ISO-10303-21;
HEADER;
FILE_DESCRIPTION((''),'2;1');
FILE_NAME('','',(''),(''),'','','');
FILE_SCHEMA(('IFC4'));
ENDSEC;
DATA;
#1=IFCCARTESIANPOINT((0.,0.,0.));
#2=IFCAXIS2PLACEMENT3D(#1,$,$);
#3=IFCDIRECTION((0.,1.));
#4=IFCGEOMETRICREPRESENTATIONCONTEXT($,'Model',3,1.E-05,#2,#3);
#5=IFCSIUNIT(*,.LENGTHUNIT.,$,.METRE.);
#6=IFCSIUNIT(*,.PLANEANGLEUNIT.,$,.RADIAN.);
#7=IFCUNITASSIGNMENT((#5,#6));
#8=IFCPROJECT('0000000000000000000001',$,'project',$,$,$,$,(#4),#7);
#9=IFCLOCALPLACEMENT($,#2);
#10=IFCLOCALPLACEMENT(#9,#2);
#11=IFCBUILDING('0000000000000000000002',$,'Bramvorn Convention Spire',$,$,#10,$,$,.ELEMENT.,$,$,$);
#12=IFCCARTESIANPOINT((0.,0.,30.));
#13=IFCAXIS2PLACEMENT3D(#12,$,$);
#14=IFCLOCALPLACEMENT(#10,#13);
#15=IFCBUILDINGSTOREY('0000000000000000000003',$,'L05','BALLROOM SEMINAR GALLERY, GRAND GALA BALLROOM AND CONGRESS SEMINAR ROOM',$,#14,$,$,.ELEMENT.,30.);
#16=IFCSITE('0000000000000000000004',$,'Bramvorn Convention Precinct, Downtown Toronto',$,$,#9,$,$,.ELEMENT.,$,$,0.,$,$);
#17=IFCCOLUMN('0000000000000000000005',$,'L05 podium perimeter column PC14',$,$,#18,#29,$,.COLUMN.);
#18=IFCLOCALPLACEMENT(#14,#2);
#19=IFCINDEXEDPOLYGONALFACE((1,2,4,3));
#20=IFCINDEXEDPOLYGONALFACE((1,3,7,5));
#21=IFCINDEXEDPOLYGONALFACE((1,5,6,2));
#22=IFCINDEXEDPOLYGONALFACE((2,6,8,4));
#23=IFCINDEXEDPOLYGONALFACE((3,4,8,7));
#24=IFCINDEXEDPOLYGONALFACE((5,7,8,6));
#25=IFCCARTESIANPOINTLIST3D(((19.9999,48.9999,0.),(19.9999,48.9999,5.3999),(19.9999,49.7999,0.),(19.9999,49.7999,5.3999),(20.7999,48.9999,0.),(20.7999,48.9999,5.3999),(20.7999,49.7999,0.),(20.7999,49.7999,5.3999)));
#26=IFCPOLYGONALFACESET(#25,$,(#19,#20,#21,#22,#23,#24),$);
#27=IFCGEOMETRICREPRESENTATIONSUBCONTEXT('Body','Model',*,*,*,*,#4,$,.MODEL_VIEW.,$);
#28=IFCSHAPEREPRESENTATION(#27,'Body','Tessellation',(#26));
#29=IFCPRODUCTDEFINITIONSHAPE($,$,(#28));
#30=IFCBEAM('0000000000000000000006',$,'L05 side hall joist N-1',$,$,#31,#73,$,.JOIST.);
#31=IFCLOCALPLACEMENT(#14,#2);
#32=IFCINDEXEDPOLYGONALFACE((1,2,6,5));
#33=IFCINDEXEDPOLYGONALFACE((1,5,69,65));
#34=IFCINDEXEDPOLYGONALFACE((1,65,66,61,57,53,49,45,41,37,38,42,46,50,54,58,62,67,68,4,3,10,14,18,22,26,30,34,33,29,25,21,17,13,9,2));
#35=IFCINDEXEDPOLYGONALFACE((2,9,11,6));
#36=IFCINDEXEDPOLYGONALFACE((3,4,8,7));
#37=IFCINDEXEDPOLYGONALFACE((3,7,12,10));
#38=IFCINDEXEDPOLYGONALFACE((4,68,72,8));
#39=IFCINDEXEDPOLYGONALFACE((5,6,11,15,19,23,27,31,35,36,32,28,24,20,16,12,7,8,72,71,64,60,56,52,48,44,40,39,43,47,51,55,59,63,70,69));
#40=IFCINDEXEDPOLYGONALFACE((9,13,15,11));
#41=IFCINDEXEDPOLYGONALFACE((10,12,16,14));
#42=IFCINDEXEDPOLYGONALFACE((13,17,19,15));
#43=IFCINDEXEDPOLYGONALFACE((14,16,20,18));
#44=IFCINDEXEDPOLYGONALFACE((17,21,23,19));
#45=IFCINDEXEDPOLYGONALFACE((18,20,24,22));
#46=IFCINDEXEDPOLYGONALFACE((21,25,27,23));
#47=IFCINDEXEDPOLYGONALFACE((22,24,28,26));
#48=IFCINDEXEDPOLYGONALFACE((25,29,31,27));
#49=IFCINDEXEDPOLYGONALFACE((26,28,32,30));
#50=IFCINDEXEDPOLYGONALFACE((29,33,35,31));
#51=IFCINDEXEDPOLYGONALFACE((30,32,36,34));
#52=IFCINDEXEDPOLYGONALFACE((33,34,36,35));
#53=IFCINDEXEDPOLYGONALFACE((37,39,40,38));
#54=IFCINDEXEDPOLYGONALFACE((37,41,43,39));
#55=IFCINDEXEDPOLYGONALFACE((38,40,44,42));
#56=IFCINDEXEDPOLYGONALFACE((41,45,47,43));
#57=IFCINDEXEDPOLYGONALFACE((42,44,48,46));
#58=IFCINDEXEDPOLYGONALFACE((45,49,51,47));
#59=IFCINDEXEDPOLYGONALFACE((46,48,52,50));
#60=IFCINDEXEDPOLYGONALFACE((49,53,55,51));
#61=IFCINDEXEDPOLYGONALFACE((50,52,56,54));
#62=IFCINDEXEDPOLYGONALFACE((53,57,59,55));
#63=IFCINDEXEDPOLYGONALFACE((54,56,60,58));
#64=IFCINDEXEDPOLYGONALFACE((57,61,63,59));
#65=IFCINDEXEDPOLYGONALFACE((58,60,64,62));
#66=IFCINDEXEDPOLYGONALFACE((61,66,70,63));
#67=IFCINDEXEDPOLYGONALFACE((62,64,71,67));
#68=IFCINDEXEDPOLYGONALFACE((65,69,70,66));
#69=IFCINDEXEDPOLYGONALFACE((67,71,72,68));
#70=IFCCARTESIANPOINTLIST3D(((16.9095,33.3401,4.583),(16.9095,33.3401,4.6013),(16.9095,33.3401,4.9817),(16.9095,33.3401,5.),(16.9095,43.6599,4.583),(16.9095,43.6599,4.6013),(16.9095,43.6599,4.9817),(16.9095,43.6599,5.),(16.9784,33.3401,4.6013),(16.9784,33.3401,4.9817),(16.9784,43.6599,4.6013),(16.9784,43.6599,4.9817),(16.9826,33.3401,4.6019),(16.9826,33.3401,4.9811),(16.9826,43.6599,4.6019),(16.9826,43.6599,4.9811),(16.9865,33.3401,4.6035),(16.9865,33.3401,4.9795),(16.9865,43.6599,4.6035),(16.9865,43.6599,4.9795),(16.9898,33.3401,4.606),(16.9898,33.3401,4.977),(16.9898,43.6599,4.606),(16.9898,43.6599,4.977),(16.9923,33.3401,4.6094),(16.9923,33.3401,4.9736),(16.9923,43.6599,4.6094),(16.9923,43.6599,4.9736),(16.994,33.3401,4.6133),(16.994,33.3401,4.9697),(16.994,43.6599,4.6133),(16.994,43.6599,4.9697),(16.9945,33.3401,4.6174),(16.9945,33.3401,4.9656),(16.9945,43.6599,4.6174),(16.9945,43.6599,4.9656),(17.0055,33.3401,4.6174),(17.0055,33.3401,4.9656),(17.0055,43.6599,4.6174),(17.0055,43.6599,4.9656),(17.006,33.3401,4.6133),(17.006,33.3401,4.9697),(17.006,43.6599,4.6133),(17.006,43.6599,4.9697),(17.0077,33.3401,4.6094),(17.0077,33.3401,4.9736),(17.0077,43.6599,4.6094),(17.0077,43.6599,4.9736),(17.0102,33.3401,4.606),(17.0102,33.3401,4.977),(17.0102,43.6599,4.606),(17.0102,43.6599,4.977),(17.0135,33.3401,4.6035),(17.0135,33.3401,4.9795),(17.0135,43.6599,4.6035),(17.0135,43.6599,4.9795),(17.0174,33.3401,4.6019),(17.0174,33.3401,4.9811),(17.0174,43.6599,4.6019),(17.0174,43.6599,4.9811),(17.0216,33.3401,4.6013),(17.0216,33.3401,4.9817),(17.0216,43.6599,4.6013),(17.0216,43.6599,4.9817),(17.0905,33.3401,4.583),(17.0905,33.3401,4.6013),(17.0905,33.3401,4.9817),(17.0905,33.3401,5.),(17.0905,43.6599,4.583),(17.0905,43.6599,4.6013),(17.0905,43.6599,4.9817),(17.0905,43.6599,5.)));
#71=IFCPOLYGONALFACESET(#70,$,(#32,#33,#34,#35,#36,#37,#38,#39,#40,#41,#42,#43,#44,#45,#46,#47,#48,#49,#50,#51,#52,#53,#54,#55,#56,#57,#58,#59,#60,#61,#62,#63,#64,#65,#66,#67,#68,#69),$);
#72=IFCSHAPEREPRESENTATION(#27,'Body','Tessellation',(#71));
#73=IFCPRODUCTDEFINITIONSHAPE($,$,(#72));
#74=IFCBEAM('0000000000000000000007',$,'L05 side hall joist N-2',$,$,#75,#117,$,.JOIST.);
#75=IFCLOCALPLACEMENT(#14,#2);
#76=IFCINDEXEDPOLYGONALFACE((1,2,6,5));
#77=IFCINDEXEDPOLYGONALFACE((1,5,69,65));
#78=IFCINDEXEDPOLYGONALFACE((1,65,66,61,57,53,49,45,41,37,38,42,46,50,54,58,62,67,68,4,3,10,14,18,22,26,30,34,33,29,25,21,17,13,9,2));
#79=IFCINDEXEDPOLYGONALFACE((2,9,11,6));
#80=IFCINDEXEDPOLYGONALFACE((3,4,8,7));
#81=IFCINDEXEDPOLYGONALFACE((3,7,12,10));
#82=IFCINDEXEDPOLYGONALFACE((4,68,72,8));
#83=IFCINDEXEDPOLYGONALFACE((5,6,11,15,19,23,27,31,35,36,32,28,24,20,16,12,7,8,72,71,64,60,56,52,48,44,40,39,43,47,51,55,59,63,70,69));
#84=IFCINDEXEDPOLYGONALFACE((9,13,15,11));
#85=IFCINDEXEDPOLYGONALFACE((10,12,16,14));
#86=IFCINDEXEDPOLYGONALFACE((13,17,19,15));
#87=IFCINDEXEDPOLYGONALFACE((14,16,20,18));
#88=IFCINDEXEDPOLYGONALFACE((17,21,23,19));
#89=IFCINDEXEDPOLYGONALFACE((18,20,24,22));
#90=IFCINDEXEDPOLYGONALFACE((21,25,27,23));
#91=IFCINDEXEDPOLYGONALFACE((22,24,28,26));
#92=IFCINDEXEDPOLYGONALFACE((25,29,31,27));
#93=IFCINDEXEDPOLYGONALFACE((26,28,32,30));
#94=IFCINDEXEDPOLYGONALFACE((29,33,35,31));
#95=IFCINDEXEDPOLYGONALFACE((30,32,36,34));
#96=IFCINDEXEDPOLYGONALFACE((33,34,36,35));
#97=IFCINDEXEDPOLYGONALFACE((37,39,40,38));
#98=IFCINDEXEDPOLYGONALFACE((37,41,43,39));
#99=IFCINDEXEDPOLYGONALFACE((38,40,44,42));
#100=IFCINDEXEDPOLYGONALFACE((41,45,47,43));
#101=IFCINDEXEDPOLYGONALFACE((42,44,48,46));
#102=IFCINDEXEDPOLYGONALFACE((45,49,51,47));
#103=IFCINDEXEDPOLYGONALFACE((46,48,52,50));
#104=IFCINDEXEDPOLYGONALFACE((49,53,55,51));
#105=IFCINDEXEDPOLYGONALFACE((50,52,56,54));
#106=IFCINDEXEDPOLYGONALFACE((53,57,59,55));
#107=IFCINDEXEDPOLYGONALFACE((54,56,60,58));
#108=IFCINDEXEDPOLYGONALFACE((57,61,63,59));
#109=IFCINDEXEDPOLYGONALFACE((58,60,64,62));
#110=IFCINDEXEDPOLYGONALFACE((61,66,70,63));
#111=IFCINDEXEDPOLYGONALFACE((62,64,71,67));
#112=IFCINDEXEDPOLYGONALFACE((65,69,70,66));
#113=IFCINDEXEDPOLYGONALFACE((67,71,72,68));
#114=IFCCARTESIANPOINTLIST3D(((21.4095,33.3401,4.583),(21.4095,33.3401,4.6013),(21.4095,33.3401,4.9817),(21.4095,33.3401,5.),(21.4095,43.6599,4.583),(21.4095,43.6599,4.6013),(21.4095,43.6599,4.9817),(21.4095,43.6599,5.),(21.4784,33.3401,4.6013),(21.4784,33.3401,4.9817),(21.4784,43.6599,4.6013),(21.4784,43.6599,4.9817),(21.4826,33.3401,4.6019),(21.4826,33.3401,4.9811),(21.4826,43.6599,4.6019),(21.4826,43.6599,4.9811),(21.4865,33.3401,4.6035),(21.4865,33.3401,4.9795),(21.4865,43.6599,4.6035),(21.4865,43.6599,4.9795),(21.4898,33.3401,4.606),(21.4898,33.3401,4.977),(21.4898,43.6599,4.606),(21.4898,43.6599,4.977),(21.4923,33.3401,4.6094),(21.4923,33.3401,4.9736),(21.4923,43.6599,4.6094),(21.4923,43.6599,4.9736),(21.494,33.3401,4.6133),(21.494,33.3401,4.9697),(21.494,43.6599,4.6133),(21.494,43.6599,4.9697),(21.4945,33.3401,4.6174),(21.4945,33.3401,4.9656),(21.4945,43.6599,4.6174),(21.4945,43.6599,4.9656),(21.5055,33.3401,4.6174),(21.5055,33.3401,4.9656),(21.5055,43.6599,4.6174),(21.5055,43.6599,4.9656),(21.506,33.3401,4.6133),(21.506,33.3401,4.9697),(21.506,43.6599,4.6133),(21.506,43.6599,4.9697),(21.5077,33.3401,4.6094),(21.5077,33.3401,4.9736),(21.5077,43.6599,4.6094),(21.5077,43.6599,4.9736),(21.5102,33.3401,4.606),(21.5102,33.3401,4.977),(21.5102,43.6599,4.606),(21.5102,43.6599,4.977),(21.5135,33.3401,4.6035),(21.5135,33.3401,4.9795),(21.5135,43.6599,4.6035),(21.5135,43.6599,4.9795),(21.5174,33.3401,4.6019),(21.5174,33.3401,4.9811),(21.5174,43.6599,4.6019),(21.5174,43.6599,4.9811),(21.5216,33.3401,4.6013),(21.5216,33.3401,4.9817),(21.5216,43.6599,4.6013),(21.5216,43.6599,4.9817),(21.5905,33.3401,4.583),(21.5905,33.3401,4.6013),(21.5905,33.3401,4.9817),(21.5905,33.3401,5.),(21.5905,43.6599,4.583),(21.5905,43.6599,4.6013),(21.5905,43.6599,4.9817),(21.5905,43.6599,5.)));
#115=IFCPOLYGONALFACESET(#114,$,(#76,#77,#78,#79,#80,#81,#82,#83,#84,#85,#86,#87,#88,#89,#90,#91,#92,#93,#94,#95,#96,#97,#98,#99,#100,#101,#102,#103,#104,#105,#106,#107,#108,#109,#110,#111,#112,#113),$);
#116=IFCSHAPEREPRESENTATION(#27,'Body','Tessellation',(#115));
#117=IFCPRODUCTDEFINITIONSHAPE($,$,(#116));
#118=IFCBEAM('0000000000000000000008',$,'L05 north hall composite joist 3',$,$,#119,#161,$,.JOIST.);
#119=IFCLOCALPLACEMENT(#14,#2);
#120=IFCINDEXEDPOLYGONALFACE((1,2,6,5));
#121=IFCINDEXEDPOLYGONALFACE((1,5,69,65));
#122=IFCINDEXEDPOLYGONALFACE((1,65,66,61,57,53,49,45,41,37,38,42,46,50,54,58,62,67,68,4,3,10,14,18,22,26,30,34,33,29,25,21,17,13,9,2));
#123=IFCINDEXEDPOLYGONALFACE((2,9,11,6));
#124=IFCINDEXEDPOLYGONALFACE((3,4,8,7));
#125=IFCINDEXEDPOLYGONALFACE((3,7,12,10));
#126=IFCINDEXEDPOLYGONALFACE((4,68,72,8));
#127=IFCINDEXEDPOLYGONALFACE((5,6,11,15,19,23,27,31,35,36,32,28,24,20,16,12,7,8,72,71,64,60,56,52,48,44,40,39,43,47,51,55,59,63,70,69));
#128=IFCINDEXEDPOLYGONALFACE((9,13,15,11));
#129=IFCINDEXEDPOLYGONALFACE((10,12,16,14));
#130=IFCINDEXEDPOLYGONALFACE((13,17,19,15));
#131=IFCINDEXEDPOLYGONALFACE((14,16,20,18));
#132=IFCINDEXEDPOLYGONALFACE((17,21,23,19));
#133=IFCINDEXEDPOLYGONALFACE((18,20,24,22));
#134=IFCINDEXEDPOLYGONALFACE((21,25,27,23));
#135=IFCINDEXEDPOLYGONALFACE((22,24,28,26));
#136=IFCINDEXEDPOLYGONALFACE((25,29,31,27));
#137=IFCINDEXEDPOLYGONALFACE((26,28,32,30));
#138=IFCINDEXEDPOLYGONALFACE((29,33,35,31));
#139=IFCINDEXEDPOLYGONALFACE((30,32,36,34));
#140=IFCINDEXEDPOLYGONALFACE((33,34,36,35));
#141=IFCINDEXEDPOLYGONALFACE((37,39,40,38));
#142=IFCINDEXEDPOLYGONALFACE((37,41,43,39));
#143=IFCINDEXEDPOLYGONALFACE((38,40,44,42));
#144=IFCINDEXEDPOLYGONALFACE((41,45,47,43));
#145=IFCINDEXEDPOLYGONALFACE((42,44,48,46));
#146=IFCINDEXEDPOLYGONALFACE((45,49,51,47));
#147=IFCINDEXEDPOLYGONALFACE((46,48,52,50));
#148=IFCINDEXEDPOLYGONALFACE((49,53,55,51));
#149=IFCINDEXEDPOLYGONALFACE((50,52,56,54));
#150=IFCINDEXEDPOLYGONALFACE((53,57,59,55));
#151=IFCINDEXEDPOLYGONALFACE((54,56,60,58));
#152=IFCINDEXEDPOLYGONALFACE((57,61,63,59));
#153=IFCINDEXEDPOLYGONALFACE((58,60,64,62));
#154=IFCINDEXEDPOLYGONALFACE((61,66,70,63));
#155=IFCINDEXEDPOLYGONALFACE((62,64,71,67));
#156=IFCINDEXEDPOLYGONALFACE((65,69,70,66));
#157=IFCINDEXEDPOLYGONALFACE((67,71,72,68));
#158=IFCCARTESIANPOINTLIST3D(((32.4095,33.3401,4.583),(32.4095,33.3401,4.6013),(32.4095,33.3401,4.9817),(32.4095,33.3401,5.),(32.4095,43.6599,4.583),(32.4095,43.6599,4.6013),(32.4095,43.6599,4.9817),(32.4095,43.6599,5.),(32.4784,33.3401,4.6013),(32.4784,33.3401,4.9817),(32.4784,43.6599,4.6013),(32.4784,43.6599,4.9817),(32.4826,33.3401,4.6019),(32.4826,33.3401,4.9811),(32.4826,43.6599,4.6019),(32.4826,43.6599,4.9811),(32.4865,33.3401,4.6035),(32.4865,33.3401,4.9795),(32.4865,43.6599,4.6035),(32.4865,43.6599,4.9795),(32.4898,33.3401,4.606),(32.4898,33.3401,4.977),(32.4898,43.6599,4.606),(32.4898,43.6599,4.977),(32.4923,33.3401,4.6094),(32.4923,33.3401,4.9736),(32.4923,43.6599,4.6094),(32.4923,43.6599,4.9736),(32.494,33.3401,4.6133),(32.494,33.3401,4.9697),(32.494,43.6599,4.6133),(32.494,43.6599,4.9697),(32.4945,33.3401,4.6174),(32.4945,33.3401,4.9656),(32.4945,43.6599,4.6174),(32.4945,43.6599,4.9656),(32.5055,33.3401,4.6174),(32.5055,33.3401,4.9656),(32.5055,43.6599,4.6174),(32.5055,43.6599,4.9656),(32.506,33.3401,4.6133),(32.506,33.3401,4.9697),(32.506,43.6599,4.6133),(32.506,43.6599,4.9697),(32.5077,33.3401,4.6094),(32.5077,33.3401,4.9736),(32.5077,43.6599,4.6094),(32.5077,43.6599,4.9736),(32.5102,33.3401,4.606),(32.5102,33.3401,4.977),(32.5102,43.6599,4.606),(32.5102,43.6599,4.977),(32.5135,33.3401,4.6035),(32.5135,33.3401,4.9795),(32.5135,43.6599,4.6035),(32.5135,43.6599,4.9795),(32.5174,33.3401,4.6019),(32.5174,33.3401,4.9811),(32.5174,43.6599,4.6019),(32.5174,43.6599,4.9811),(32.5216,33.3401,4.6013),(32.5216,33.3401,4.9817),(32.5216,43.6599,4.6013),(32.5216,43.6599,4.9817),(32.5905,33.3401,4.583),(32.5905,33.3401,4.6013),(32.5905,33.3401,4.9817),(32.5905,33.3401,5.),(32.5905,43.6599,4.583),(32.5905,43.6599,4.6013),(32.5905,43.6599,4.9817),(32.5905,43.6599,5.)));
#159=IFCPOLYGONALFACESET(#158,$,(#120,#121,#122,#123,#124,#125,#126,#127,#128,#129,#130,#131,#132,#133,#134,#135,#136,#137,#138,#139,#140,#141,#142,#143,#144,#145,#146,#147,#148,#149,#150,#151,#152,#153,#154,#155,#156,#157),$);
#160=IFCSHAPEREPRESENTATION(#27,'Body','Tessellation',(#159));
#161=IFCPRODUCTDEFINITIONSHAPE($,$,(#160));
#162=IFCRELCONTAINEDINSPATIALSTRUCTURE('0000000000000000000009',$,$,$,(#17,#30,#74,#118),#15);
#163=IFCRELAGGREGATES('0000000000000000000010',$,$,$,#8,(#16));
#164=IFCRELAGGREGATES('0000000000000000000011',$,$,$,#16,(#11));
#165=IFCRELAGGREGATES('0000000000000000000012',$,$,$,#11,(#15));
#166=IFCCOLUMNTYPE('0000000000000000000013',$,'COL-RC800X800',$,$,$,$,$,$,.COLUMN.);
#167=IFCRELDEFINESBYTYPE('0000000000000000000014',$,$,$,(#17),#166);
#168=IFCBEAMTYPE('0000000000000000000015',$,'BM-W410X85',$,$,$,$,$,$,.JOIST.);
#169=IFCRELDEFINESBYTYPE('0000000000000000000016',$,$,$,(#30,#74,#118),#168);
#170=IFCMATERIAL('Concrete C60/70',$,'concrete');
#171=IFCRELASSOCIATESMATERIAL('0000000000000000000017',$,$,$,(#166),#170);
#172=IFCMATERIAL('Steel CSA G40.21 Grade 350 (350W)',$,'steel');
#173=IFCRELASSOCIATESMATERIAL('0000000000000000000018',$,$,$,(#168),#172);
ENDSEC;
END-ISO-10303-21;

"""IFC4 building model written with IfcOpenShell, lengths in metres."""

from ifc_helpers import new_model, si_unit, direction, frame, origin, origin_2d, place, context, subcontext, project, spatial, rectangle, i_section, extrude, material, material_profile, profile_set, type_object, element, save


model = new_model("IFC4")

# Units and contexts
model_context = context("Model", 3, precision=1e-05, world=origin(), true_north=direction((0.0, 1.0)))
body_context = subcontext(model_context, "Body", "Model", "MODEL_VIEW")
ifc_project = project(units=[si_unit("LENGTHUNIT", "METRE"), si_unit("PLANEANGLEUNIT", "RADIAN")], contexts=[model_context])

# Site, building, storey
site_placement = place(None, origin())
site = spatial("IfcSite", under=ifc_project, at=site_placement, Name="Bramvorn Convention Precinct, Downtown Toronto", CompositionType="ELEMENT", RefElevation=0.0)
building_placement = place(site_placement, origin())
building = spatial("IfcBuilding", under=site, at=building_placement, Name="Bramvorn Convention Spire", CompositionType="ELEMENT")
storey_placement = place(building_placement, frame((0.0, 0.0, 30.0)))
storey = spatial("IfcBuildingStorey", under=building, at=storey_placement, Name="L05", Description="BALLROOM SEMINAR GALLERY, GRAND GALA BALLROOM AND CONGRESS SEMINAR ROOM", CompositionType="ELEMENT", Elevation=30.0)

# Column
ifc_material_1 = material(Name="Steel CSA G40.21 Grade 350 (350W)", Category="steel")
ifc_material_2 = material(Name="Concrete C60/70", Category="concrete")
ifc_material_profile_1 = material_profile(ifc_material_2, rectangle(XDim=0.8, YDim=0.8, at=origin_2d()))
ifc_profile_set_1 = profile_set([ifc_material_profile_1], Name="Concrete C60/70 - RC800X800")
column_type_1 = type_object("IfcColumnType", Name="COL-RC800X800", PredefinedType="COLUMN", material=ifc_profile_set_1)
column_placement = place(storey_placement, frame((20.3999, 49.3999, 0.0), z_axis=(0.0, 0.0, 1.0), x_axis=(1.0, 0.0, 0.0)))
element("IfcColumn", 1, at=column_placement, inside=storey, type_object=column_type_1, Name="L05 podium perimeter column PC14", PredefinedType="COLUMN", context=body_context, shape_type="SweptSolid", body=[
    extrude(rectangle(XDim=0.8, YDim=0.8, at=origin_2d()), origin(), (0.0, 0.0, 1.0), 5.3999),
])

# Beams
ifc_material_profile_2 = material_profile(ifc_material_1, i_section(OverallWidth=0.1809, OverallDepth=0.417, WebThickness=0.011, FlangeThickness=0.0183, FilletRadius=0.0161, at=origin_2d()))
ifc_profile_set_2 = profile_set([ifc_material_profile_2], Name="Steel CSA G40.21 Grade 350 (350W) - W410X85")
beam_type_1 = type_object("IfcBeamType", Name="BM-W410X85", PredefinedType="JOIST", material=ifc_profile_set_2)
for number, where, z_axis, x_axis, name in (
    (2, (17.0, 33.3401, 4.7915), (0.0, 1.0, 0.0), (-1.0, 0.0, 0.0), "L05 side hall joist N-1"),
    (3, (21.5, 33.3401, 4.7915), (0.0, 1.0, 0.0), (-1.0, 0.0, 0.0), "L05 side hall joist N-2"),
    (4, (32.5, 33.3401, 4.7915), (0.0, 1.0, 0.0), (-1.0, 0.0, 0.0), "L05 north hall composite joist 3"),
):
    element("IfcBeam", number, at=place(storey_placement, frame(where, z_axis=z_axis, x_axis=x_axis)), inside=storey, type_object=beam_type_1, Name=name, PredefinedType="JOIST", context=body_context, shape_type="SweptSolid", body=[
        extrude(i_section(OverallWidth=0.1809, OverallDepth=0.417, WebThickness=0.011, FlangeThickness=0.0183, FilletRadius=0.0161, at=origin_2d()), origin(), (0.0, 0.0, 1.0), 10.3198),
    ])

save(model, "model.ifc")
